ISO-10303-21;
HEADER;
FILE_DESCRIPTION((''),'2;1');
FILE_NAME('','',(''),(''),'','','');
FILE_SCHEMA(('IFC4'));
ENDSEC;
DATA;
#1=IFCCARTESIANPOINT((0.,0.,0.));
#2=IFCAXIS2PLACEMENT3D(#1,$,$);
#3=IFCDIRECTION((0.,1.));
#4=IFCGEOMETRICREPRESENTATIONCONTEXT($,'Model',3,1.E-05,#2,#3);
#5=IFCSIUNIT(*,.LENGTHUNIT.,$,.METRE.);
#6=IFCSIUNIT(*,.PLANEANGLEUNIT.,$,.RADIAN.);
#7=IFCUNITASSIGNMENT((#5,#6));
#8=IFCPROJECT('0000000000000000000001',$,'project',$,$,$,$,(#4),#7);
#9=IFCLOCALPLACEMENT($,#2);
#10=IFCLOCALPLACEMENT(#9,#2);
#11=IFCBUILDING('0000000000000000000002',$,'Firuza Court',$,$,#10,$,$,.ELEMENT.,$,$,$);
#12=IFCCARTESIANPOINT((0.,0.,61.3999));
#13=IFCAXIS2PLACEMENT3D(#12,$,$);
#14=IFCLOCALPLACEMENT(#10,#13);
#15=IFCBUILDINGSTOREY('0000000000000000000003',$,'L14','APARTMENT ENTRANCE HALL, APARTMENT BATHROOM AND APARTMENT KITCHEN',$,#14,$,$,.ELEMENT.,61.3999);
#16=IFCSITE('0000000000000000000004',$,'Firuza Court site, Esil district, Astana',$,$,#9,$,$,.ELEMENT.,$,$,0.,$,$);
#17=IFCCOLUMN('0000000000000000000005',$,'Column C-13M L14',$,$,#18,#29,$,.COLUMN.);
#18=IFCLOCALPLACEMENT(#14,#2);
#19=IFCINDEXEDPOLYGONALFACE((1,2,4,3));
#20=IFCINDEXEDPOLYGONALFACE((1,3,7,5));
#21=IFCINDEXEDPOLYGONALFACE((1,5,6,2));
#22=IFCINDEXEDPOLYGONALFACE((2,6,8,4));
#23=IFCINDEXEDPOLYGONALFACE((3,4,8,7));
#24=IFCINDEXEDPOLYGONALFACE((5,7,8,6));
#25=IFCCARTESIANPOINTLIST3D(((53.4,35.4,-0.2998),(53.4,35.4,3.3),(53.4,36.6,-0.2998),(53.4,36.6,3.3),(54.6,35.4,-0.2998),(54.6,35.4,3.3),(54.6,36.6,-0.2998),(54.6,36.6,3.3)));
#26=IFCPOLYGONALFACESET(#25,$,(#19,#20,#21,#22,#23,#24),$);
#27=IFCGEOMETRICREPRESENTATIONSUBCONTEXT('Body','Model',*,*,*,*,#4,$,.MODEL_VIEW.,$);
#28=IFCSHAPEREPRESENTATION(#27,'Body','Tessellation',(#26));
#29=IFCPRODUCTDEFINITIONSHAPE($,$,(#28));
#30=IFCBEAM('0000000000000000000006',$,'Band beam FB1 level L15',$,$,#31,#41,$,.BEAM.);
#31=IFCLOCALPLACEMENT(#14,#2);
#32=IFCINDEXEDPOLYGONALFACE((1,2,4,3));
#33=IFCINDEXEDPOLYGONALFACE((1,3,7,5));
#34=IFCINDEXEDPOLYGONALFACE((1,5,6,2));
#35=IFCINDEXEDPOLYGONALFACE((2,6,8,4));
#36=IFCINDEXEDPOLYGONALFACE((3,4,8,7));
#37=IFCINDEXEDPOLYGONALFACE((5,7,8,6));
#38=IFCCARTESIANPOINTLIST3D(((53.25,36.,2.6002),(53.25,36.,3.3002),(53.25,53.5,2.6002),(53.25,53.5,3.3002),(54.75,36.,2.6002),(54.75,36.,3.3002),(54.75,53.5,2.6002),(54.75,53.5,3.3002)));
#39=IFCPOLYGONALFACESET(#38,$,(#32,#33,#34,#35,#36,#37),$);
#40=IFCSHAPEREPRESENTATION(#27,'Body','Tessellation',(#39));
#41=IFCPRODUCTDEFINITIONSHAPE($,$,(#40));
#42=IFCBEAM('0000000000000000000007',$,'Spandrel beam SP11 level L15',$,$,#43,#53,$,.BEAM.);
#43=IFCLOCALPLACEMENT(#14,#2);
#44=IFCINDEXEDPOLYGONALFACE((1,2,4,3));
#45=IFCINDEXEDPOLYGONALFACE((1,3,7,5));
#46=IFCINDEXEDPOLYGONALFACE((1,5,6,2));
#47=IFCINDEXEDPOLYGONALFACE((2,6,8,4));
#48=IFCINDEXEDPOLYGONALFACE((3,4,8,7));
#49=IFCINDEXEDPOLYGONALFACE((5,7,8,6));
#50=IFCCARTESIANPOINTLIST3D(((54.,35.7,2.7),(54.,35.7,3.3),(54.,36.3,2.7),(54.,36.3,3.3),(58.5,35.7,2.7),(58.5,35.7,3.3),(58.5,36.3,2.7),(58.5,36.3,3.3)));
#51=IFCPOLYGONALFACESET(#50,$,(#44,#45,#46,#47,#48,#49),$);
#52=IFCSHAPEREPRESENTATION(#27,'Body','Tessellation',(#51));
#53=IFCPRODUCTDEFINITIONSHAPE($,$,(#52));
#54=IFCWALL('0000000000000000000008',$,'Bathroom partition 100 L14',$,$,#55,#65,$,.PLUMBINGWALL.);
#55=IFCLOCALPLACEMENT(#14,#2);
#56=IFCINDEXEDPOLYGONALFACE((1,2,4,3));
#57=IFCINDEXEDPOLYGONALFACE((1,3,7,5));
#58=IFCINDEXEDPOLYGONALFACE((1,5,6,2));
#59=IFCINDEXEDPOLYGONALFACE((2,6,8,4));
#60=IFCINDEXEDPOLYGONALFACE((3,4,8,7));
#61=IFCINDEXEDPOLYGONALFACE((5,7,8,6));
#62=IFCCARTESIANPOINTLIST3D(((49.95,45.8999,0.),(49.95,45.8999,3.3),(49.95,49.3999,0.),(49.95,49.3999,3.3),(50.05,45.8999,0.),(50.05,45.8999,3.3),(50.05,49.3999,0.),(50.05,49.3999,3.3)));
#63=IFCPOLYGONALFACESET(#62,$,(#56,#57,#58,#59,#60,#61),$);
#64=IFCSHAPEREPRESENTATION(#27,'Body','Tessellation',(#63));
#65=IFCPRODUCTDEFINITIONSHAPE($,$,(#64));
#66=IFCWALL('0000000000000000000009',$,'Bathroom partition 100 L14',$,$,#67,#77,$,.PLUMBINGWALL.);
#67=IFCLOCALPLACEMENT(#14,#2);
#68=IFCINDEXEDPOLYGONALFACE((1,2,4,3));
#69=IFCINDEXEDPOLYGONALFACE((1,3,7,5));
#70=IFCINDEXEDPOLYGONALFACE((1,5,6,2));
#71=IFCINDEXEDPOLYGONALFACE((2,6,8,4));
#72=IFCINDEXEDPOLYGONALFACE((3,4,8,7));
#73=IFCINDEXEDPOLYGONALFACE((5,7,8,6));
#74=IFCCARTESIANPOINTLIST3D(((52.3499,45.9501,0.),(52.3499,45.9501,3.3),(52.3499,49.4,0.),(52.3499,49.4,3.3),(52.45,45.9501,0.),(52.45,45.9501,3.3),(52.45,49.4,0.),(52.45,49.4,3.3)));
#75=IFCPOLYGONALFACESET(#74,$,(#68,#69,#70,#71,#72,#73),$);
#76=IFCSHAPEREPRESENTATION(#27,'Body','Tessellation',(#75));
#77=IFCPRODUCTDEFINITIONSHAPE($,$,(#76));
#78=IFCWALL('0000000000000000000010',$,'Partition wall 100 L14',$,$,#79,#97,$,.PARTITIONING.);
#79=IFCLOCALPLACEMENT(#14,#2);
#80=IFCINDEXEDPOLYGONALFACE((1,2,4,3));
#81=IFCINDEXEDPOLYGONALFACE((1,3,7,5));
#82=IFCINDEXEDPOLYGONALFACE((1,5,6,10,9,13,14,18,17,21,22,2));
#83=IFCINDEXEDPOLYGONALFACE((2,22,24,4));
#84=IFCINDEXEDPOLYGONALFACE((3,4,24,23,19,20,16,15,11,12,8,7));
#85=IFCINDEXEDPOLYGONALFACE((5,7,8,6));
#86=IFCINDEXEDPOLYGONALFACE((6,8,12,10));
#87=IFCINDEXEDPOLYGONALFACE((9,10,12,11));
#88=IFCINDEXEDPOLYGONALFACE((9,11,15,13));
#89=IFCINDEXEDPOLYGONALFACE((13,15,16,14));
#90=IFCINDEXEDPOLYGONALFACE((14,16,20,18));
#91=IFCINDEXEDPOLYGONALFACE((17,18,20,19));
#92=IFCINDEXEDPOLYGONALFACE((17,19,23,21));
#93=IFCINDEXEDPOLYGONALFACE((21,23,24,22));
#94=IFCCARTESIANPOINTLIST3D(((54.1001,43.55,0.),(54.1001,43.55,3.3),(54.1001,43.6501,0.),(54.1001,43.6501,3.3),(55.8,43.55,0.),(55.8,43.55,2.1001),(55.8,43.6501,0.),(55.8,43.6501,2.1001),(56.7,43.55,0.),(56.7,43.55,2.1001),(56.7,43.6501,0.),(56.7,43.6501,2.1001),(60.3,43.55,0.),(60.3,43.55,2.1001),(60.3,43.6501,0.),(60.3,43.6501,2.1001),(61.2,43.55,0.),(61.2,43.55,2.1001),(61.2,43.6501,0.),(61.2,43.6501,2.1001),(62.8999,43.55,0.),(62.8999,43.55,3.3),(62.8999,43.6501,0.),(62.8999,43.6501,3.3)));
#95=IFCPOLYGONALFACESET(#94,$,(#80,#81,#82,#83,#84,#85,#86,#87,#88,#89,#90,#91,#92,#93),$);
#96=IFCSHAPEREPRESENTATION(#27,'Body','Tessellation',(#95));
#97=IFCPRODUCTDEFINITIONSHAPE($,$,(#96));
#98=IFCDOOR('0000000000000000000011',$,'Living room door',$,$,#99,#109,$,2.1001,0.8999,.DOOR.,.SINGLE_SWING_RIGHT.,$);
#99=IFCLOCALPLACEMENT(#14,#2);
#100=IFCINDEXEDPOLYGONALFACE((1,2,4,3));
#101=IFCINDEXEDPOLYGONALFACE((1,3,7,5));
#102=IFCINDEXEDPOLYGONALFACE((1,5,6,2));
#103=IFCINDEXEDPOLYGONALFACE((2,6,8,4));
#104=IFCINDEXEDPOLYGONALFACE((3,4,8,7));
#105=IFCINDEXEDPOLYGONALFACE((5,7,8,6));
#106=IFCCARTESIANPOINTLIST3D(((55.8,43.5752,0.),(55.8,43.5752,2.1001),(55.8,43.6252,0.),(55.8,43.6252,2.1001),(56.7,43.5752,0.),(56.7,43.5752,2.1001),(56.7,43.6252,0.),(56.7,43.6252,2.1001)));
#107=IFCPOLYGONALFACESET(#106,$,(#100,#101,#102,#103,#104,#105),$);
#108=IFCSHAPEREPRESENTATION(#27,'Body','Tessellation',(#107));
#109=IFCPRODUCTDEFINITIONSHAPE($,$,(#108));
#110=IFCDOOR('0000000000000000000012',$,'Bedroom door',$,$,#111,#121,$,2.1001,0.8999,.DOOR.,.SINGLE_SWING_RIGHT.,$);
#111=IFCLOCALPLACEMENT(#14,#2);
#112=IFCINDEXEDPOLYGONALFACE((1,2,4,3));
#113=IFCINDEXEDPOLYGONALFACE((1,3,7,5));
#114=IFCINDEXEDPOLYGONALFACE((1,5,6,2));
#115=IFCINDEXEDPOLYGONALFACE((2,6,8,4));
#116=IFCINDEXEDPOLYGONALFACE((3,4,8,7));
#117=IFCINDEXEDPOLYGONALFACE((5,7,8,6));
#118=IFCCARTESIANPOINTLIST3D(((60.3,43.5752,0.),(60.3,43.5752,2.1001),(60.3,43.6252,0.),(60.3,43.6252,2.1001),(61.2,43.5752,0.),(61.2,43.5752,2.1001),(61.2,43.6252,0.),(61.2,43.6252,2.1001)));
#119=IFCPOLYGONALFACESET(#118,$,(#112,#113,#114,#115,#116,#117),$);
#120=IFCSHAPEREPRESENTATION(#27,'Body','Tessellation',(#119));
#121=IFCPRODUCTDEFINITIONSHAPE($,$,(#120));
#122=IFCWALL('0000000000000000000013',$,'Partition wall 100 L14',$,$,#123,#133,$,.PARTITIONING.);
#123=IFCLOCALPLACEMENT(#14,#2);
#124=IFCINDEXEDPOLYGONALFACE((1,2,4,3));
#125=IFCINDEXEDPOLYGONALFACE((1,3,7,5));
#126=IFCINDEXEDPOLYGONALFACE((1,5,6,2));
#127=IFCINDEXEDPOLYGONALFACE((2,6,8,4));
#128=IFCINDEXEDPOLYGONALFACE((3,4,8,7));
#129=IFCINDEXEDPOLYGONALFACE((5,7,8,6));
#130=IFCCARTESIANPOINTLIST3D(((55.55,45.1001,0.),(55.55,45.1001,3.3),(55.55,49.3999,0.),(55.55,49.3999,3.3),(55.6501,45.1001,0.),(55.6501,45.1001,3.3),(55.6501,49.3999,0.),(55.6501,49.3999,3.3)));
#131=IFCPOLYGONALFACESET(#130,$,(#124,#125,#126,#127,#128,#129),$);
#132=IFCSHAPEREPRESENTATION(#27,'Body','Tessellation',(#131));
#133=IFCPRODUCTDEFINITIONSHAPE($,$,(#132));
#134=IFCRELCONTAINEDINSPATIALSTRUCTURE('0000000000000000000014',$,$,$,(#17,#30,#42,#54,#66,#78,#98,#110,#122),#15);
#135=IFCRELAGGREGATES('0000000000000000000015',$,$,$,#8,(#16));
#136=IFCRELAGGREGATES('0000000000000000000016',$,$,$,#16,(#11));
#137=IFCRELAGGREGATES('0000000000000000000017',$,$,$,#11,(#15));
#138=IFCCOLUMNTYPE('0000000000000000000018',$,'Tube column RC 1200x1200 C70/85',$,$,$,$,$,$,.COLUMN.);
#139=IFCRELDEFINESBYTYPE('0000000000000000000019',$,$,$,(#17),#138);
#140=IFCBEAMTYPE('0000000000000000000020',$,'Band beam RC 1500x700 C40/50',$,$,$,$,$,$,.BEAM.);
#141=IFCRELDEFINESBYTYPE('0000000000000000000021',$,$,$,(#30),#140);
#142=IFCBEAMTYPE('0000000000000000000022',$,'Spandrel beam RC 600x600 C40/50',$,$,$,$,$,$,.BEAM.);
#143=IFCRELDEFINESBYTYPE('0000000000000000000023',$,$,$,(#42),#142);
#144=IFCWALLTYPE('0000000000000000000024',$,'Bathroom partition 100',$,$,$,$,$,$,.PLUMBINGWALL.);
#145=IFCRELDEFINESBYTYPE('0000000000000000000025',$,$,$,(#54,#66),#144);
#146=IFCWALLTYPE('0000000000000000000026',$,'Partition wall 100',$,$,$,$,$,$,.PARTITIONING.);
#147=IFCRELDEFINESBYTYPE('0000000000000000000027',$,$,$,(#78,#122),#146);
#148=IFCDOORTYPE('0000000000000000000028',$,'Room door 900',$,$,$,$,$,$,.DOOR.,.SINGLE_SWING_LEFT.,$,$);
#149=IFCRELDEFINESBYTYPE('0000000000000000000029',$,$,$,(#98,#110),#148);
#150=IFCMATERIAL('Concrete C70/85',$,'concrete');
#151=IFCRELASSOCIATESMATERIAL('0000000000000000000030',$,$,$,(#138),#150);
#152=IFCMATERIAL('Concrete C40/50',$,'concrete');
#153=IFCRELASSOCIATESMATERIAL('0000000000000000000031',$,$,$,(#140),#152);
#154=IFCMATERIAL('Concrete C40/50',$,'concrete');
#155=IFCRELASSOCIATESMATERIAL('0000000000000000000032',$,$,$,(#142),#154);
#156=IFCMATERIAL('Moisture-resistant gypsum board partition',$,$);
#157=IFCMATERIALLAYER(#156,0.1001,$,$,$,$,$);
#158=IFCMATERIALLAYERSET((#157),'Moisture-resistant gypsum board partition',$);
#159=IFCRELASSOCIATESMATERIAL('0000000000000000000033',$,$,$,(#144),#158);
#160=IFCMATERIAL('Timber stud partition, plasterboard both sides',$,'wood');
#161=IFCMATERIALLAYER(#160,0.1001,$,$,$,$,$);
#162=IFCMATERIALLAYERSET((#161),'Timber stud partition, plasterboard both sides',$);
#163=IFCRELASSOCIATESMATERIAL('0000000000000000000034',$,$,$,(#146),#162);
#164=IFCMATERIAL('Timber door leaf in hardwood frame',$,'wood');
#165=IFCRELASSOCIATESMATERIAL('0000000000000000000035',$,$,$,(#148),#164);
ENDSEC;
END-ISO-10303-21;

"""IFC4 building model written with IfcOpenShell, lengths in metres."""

from ifc_helpers import new_model, si_unit, direction, frame, frame_2d, origin, origin_2d, place, context, subcontext, project, spatial, rectangle, extrude, material, layer, layer_set, material_profile, profile_set, type_object, element, fill, save


model = new_model("IFC4")

# Units and contexts
model_context = context("Model", 3, precision=1e-05, world=origin(), true_north=direction((0.0, 1.0)))
body_context = subcontext(model_context, "Body", "Model", "MODEL_VIEW")
ifc_project = project(units=[si_unit("LENGTHUNIT", "METRE"), si_unit("PLANEANGLEUNIT", "RADIAN")], contexts=[model_context])

# Site, building, storey
site_placement = place(None, origin())
site = spatial("IfcSite", under=ifc_project, at=site_placement, Name="Firuza Court site, Esil district, Astana", CompositionType="ELEMENT", RefElevation=0.0)
building_placement = place(site_placement, origin())
building = spatial("IfcBuilding", under=site, at=building_placement, Name="Firuza Court", CompositionType="ELEMENT")
storey_placement = place(building_placement, frame((0.0, 0.0, 61.3999)))
storey = spatial("IfcBuildingStorey", under=building, at=storey_placement, Name="L14", Description="APARTMENT ENTRANCE HALL, APARTMENT BATHROOM AND APARTMENT KITCHEN", CompositionType="ELEMENT", Elevation=61.3999)

# Column
ifc_material_1 = material(Name="Concrete C70/85", Category="concrete")
ifc_material_profile_1 = material_profile(ifc_material_1, rectangle(XDim=1.2, YDim=1.2, at=origin_2d()), Name="RC 1200x1200")
ifc_profile_set_1 = profile_set([ifc_material_profile_1], Name="Concrete C70/85")
column_type = type_object("IfcColumnType", Name="Tube column RC 1200x1200 C70/85", PredefinedType="COLUMN", material=ifc_profile_set_1)
column_placement = place(storey_placement, frame((54.0, 36.0, -0.2998), z_axis=(0.0, 0.0, 1.0), x_axis=(1.0, 0.0, 0.0)))
element("IfcColumn", 1, at=column_placement, inside=storey, type_object=column_type, Name="Column C-13M L14", PredefinedType="COLUMN", context=body_context, shape_type="SweptSolid", body=[
    extrude(rectangle(XDim=1.2, YDim=1.2, at=origin_2d()), origin(), (0.0, 0.0, 1.0), 3.5999),
])

# Beams
ifc_material_2 = material(Name="Concrete C40/50", Category="concrete")
ifc_material_profile_2 = material_profile(ifc_material_2, rectangle(XDim=1.5, YDim=0.7, at=origin_2d()), Name="RC 1500x700")
ifc_profile_set_2 = profile_set([ifc_material_profile_2], Name="Concrete C40/50")
beam_type_1 = type_object("IfcBeamType", Name="Band beam RC 1500x700 C40/50", PredefinedType="BEAM", material=ifc_profile_set_2)
beam_1_placement = place(storey_placement, frame((54.0, 36.0, 2.9502), z_axis=(0.0, 1.0, 0.0), x_axis=(-1.0, 0.0, 0.0)))
element("IfcBeam", 2, at=beam_1_placement, inside=storey, type_object=beam_type_1, Name="Band beam FB1 level L15", PredefinedType="BEAM", context=body_context, shape_type="SweptSolid", body=[
    extrude(rectangle(XDim=1.5, YDim=0.7, at=origin_2d()), origin(), (0.0, 0.0, 1.0), 17.5),
])
ifc_material_3 = material(Name="Concrete C40/50", Category="concrete")
ifc_material_profile_3 = material_profile(ifc_material_3, rectangle(XDim=0.6001, YDim=0.6001, at=origin_2d()), Name="RC 600x600")
ifc_profile_set_3 = profile_set([ifc_material_profile_3], Name="Concrete C40/50")
beam_type_2 = type_object("IfcBeamType", Name="Spandrel beam RC 600x600 C40/50", PredefinedType="BEAM", material=ifc_profile_set_3)
beam_2_placement = place(storey_placement, frame((54.0, 36.0, 3.0), z_axis=(1.0, 0.0, 0.0), x_axis=(0.0, 1.0, 0.0)))
element("IfcBeam", 3, at=beam_2_placement, inside=storey, type_object=beam_type_2, Name="Spandrel beam SP11 level L15", PredefinedType="BEAM", context=body_context, shape_type="SweptSolid", body=[
    extrude(rectangle(XDim=0.6001, YDim=0.6001, at=origin_2d()), origin(), (0.0, 0.0, 1.0), 4.5),
])

# Walls
ifc_material_4 = material(Name="Moisture-resistant gypsum board partition")
ifc_layer_1 = layer(ifc_material_4, 0.1001)
ifc_layer_set_1 = layer_set([ifc_layer_1], Name="Moisture-resistant gypsum board partition")
wall_type_1 = type_object("IfcWallType", Name="Bathroom partition 100", PredefinedType="PLUMBINGWALL", material=ifc_layer_set_1)
wall_1_placement = place(storey_placement, frame((50.0, 45.8999, 0.0), z_axis=(0.0, 0.0, 1.0), x_axis=(0.0, 1.0, 0.0)))
element("IfcWall", 4, at=wall_1_placement, inside=storey, type_object=wall_type_1, Name="Bathroom partition 100 L14", PredefinedType="PLUMBINGWALL", context=body_context, shape_type="SweptSolid", body=[
    extrude(rectangle(XDim=3.5, YDim=0.1001, at=frame_2d((1.75, 0.0))), origin(), (0.0, 0.0, 1.0), 3.3),
])
wall_2_placement = place(storey_placement, frame((52.3999, 45.95, 0.0), z_axis=(0.0, 0.0, 1.0), x_axis=(0.0, 1.0, 0.0)))
element("IfcWall", 5, at=wall_2_placement, inside=storey, type_object=wall_type_1, Name="Bathroom partition 100 L14", PredefinedType="PLUMBINGWALL", context=body_context, shape_type="SweptSolid", body=[
    extrude(rectangle(XDim=3.45, YDim=0.1001, at=frame_2d((1.7251, 0.0))), origin(), (0.0, 0.0, 1.0), 3.3),
])

# Wall, openings, doors
ifc_material_5 = material(Name="Timber stud partition, plasterboard both sides", Category="wood")
ifc_layer_2 = layer(ifc_material_5, 0.1001)
ifc_layer_set_2 = layer_set([ifc_layer_2], Name="Timber stud partition, plasterboard both sides")
wall_type_2 = type_object("IfcWallType", Name="Partition wall 100", PredefinedType="PARTITIONING", material=ifc_layer_set_2)
wall_3_placement = place(storey_placement, frame((54.1001, 43.6001, 0.0), z_axis=(0.0, 0.0, 1.0), x_axis=(1.0, 0.0, 0.0)))
wall_3 = element("IfcWall", 6, at=wall_3_placement, inside=storey, type_object=wall_type_2, Name="Partition wall 100 L14", PredefinedType="PARTITIONING", context=body_context, shape_type="SweptSolid", body=[
    extrude(rectangle(XDim=8.7998, YDim=0.1001, at=frame_2d((4.3999, 0.0))), origin(), (0.0, 0.0, 1.0), 3.3),
])
opening_1_placement = place(wall_3_placement, frame((1.7, 0.0, 0.0)))
opening_1 = element("IfcOpeningElement", 7, at=opening_1_placement, cuts=wall_3, PredefinedType="OPENING", context=body_context, shape_type="SweptSolid", body=[
    extrude(rectangle(XDim=0.8999, YDim=2.1001, at=frame_2d((0.45, 1.05))), frame((0.0, 0.062, 0.0), z_axis=(0.0, -1.0, 0.0), x_axis=(1.0, 0.0, 0.0)), (0.0, 0.0, 1.0), 0.124),
])
opening_2_placement = place(wall_3_placement, frame((6.2, 0.0, 0.0)))
opening_2 = element("IfcOpeningElement", 8, at=opening_2_placement, cuts=wall_3, PredefinedType="OPENING", context=body_context, shape_type="SweptSolid", body=[
    extrude(rectangle(XDim=0.8999, YDim=2.1001, at=frame_2d((0.45, 1.05))), frame((0.0, 0.062, 0.0), z_axis=(0.0, -1.0, 0.0), x_axis=(1.0, 0.0, 0.0)), (0.0, 0.0, 1.0), 0.124),
])
ifc_material_6 = material(Name="Timber door leaf in hardwood frame", Category="wood")
door_type_1 = type_object("IfcDoorType", Name="Room door 900", OperationType="SINGLE_SWING_LEFT", PredefinedType="DOOR", material=ifc_material_6)
door_1_placement = place(opening_1_placement, frame((0.8999, 0.0, 0.0), z_axis=(0.0, 0.0, 1.0), x_axis=(-1.0, 0.0, 0.0)))
door_1 = element("IfcDoor", 9, at=door_1_placement, inside=storey, type_object=door_type_1, Name="Living room door", OperationType="SINGLE_SWING_RIGHT", OverallHeight=2.1001, OverallWidth=0.8999, PredefinedType="DOOR", context=body_context, shape_type="SweptSolid", body=[
    extrude(rectangle(XDim=0.8999, YDim=2.1001, at=frame_2d((0.45, 1.05))), frame((0.0, 0.0249, 0.0), z_axis=(0.0, -1.0, 0.0), x_axis=(1.0, 0.0, 0.0)), (0.0, 0.0, 1.0), 0.05),
])
fill(opening_1, door_1)
door_2_placement = place(opening_2_placement, frame((0.8999, 0.0, 0.0), z_axis=(0.0, 0.0, 1.0), x_axis=(-1.0, 0.0, 0.0)))
door_2 = element("IfcDoor", 10, at=door_2_placement, inside=storey, type_object=door_type_1, Name="Bedroom door", OperationType="SINGLE_SWING_RIGHT", OverallHeight=2.1001, OverallWidth=0.8999, PredefinedType="DOOR", context=body_context, shape_type="SweptSolid", body=[
    extrude(rectangle(XDim=0.8999, YDim=2.1001, at=frame_2d((0.45, 1.05))), frame((0.0, 0.0249, 0.0), z_axis=(0.0, -1.0, 0.0), x_axis=(1.0, 0.0, 0.0)), (0.0, 0.0, 1.0), 0.05),
])
fill(opening_2, door_2)

# Wall
wall_4_placement = place(storey_placement, frame((55.6001, 45.1001, 0.0), z_axis=(0.0, 0.0, 1.0), x_axis=(0.0, 1.0, 0.0)))
element("IfcWall", 11, at=wall_4_placement, inside=storey, type_object=wall_type_2, Name="Partition wall 100 L14", PredefinedType="PARTITIONING", context=body_context, shape_type="SweptSolid", body=[
    extrude(rectangle(XDim=4.2998, YDim=0.1001, at=frame_2d((2.1499, 0.0))), origin(), (0.0, 0.0, 1.0), 3.3),
])

save(model, "model.ifc")
